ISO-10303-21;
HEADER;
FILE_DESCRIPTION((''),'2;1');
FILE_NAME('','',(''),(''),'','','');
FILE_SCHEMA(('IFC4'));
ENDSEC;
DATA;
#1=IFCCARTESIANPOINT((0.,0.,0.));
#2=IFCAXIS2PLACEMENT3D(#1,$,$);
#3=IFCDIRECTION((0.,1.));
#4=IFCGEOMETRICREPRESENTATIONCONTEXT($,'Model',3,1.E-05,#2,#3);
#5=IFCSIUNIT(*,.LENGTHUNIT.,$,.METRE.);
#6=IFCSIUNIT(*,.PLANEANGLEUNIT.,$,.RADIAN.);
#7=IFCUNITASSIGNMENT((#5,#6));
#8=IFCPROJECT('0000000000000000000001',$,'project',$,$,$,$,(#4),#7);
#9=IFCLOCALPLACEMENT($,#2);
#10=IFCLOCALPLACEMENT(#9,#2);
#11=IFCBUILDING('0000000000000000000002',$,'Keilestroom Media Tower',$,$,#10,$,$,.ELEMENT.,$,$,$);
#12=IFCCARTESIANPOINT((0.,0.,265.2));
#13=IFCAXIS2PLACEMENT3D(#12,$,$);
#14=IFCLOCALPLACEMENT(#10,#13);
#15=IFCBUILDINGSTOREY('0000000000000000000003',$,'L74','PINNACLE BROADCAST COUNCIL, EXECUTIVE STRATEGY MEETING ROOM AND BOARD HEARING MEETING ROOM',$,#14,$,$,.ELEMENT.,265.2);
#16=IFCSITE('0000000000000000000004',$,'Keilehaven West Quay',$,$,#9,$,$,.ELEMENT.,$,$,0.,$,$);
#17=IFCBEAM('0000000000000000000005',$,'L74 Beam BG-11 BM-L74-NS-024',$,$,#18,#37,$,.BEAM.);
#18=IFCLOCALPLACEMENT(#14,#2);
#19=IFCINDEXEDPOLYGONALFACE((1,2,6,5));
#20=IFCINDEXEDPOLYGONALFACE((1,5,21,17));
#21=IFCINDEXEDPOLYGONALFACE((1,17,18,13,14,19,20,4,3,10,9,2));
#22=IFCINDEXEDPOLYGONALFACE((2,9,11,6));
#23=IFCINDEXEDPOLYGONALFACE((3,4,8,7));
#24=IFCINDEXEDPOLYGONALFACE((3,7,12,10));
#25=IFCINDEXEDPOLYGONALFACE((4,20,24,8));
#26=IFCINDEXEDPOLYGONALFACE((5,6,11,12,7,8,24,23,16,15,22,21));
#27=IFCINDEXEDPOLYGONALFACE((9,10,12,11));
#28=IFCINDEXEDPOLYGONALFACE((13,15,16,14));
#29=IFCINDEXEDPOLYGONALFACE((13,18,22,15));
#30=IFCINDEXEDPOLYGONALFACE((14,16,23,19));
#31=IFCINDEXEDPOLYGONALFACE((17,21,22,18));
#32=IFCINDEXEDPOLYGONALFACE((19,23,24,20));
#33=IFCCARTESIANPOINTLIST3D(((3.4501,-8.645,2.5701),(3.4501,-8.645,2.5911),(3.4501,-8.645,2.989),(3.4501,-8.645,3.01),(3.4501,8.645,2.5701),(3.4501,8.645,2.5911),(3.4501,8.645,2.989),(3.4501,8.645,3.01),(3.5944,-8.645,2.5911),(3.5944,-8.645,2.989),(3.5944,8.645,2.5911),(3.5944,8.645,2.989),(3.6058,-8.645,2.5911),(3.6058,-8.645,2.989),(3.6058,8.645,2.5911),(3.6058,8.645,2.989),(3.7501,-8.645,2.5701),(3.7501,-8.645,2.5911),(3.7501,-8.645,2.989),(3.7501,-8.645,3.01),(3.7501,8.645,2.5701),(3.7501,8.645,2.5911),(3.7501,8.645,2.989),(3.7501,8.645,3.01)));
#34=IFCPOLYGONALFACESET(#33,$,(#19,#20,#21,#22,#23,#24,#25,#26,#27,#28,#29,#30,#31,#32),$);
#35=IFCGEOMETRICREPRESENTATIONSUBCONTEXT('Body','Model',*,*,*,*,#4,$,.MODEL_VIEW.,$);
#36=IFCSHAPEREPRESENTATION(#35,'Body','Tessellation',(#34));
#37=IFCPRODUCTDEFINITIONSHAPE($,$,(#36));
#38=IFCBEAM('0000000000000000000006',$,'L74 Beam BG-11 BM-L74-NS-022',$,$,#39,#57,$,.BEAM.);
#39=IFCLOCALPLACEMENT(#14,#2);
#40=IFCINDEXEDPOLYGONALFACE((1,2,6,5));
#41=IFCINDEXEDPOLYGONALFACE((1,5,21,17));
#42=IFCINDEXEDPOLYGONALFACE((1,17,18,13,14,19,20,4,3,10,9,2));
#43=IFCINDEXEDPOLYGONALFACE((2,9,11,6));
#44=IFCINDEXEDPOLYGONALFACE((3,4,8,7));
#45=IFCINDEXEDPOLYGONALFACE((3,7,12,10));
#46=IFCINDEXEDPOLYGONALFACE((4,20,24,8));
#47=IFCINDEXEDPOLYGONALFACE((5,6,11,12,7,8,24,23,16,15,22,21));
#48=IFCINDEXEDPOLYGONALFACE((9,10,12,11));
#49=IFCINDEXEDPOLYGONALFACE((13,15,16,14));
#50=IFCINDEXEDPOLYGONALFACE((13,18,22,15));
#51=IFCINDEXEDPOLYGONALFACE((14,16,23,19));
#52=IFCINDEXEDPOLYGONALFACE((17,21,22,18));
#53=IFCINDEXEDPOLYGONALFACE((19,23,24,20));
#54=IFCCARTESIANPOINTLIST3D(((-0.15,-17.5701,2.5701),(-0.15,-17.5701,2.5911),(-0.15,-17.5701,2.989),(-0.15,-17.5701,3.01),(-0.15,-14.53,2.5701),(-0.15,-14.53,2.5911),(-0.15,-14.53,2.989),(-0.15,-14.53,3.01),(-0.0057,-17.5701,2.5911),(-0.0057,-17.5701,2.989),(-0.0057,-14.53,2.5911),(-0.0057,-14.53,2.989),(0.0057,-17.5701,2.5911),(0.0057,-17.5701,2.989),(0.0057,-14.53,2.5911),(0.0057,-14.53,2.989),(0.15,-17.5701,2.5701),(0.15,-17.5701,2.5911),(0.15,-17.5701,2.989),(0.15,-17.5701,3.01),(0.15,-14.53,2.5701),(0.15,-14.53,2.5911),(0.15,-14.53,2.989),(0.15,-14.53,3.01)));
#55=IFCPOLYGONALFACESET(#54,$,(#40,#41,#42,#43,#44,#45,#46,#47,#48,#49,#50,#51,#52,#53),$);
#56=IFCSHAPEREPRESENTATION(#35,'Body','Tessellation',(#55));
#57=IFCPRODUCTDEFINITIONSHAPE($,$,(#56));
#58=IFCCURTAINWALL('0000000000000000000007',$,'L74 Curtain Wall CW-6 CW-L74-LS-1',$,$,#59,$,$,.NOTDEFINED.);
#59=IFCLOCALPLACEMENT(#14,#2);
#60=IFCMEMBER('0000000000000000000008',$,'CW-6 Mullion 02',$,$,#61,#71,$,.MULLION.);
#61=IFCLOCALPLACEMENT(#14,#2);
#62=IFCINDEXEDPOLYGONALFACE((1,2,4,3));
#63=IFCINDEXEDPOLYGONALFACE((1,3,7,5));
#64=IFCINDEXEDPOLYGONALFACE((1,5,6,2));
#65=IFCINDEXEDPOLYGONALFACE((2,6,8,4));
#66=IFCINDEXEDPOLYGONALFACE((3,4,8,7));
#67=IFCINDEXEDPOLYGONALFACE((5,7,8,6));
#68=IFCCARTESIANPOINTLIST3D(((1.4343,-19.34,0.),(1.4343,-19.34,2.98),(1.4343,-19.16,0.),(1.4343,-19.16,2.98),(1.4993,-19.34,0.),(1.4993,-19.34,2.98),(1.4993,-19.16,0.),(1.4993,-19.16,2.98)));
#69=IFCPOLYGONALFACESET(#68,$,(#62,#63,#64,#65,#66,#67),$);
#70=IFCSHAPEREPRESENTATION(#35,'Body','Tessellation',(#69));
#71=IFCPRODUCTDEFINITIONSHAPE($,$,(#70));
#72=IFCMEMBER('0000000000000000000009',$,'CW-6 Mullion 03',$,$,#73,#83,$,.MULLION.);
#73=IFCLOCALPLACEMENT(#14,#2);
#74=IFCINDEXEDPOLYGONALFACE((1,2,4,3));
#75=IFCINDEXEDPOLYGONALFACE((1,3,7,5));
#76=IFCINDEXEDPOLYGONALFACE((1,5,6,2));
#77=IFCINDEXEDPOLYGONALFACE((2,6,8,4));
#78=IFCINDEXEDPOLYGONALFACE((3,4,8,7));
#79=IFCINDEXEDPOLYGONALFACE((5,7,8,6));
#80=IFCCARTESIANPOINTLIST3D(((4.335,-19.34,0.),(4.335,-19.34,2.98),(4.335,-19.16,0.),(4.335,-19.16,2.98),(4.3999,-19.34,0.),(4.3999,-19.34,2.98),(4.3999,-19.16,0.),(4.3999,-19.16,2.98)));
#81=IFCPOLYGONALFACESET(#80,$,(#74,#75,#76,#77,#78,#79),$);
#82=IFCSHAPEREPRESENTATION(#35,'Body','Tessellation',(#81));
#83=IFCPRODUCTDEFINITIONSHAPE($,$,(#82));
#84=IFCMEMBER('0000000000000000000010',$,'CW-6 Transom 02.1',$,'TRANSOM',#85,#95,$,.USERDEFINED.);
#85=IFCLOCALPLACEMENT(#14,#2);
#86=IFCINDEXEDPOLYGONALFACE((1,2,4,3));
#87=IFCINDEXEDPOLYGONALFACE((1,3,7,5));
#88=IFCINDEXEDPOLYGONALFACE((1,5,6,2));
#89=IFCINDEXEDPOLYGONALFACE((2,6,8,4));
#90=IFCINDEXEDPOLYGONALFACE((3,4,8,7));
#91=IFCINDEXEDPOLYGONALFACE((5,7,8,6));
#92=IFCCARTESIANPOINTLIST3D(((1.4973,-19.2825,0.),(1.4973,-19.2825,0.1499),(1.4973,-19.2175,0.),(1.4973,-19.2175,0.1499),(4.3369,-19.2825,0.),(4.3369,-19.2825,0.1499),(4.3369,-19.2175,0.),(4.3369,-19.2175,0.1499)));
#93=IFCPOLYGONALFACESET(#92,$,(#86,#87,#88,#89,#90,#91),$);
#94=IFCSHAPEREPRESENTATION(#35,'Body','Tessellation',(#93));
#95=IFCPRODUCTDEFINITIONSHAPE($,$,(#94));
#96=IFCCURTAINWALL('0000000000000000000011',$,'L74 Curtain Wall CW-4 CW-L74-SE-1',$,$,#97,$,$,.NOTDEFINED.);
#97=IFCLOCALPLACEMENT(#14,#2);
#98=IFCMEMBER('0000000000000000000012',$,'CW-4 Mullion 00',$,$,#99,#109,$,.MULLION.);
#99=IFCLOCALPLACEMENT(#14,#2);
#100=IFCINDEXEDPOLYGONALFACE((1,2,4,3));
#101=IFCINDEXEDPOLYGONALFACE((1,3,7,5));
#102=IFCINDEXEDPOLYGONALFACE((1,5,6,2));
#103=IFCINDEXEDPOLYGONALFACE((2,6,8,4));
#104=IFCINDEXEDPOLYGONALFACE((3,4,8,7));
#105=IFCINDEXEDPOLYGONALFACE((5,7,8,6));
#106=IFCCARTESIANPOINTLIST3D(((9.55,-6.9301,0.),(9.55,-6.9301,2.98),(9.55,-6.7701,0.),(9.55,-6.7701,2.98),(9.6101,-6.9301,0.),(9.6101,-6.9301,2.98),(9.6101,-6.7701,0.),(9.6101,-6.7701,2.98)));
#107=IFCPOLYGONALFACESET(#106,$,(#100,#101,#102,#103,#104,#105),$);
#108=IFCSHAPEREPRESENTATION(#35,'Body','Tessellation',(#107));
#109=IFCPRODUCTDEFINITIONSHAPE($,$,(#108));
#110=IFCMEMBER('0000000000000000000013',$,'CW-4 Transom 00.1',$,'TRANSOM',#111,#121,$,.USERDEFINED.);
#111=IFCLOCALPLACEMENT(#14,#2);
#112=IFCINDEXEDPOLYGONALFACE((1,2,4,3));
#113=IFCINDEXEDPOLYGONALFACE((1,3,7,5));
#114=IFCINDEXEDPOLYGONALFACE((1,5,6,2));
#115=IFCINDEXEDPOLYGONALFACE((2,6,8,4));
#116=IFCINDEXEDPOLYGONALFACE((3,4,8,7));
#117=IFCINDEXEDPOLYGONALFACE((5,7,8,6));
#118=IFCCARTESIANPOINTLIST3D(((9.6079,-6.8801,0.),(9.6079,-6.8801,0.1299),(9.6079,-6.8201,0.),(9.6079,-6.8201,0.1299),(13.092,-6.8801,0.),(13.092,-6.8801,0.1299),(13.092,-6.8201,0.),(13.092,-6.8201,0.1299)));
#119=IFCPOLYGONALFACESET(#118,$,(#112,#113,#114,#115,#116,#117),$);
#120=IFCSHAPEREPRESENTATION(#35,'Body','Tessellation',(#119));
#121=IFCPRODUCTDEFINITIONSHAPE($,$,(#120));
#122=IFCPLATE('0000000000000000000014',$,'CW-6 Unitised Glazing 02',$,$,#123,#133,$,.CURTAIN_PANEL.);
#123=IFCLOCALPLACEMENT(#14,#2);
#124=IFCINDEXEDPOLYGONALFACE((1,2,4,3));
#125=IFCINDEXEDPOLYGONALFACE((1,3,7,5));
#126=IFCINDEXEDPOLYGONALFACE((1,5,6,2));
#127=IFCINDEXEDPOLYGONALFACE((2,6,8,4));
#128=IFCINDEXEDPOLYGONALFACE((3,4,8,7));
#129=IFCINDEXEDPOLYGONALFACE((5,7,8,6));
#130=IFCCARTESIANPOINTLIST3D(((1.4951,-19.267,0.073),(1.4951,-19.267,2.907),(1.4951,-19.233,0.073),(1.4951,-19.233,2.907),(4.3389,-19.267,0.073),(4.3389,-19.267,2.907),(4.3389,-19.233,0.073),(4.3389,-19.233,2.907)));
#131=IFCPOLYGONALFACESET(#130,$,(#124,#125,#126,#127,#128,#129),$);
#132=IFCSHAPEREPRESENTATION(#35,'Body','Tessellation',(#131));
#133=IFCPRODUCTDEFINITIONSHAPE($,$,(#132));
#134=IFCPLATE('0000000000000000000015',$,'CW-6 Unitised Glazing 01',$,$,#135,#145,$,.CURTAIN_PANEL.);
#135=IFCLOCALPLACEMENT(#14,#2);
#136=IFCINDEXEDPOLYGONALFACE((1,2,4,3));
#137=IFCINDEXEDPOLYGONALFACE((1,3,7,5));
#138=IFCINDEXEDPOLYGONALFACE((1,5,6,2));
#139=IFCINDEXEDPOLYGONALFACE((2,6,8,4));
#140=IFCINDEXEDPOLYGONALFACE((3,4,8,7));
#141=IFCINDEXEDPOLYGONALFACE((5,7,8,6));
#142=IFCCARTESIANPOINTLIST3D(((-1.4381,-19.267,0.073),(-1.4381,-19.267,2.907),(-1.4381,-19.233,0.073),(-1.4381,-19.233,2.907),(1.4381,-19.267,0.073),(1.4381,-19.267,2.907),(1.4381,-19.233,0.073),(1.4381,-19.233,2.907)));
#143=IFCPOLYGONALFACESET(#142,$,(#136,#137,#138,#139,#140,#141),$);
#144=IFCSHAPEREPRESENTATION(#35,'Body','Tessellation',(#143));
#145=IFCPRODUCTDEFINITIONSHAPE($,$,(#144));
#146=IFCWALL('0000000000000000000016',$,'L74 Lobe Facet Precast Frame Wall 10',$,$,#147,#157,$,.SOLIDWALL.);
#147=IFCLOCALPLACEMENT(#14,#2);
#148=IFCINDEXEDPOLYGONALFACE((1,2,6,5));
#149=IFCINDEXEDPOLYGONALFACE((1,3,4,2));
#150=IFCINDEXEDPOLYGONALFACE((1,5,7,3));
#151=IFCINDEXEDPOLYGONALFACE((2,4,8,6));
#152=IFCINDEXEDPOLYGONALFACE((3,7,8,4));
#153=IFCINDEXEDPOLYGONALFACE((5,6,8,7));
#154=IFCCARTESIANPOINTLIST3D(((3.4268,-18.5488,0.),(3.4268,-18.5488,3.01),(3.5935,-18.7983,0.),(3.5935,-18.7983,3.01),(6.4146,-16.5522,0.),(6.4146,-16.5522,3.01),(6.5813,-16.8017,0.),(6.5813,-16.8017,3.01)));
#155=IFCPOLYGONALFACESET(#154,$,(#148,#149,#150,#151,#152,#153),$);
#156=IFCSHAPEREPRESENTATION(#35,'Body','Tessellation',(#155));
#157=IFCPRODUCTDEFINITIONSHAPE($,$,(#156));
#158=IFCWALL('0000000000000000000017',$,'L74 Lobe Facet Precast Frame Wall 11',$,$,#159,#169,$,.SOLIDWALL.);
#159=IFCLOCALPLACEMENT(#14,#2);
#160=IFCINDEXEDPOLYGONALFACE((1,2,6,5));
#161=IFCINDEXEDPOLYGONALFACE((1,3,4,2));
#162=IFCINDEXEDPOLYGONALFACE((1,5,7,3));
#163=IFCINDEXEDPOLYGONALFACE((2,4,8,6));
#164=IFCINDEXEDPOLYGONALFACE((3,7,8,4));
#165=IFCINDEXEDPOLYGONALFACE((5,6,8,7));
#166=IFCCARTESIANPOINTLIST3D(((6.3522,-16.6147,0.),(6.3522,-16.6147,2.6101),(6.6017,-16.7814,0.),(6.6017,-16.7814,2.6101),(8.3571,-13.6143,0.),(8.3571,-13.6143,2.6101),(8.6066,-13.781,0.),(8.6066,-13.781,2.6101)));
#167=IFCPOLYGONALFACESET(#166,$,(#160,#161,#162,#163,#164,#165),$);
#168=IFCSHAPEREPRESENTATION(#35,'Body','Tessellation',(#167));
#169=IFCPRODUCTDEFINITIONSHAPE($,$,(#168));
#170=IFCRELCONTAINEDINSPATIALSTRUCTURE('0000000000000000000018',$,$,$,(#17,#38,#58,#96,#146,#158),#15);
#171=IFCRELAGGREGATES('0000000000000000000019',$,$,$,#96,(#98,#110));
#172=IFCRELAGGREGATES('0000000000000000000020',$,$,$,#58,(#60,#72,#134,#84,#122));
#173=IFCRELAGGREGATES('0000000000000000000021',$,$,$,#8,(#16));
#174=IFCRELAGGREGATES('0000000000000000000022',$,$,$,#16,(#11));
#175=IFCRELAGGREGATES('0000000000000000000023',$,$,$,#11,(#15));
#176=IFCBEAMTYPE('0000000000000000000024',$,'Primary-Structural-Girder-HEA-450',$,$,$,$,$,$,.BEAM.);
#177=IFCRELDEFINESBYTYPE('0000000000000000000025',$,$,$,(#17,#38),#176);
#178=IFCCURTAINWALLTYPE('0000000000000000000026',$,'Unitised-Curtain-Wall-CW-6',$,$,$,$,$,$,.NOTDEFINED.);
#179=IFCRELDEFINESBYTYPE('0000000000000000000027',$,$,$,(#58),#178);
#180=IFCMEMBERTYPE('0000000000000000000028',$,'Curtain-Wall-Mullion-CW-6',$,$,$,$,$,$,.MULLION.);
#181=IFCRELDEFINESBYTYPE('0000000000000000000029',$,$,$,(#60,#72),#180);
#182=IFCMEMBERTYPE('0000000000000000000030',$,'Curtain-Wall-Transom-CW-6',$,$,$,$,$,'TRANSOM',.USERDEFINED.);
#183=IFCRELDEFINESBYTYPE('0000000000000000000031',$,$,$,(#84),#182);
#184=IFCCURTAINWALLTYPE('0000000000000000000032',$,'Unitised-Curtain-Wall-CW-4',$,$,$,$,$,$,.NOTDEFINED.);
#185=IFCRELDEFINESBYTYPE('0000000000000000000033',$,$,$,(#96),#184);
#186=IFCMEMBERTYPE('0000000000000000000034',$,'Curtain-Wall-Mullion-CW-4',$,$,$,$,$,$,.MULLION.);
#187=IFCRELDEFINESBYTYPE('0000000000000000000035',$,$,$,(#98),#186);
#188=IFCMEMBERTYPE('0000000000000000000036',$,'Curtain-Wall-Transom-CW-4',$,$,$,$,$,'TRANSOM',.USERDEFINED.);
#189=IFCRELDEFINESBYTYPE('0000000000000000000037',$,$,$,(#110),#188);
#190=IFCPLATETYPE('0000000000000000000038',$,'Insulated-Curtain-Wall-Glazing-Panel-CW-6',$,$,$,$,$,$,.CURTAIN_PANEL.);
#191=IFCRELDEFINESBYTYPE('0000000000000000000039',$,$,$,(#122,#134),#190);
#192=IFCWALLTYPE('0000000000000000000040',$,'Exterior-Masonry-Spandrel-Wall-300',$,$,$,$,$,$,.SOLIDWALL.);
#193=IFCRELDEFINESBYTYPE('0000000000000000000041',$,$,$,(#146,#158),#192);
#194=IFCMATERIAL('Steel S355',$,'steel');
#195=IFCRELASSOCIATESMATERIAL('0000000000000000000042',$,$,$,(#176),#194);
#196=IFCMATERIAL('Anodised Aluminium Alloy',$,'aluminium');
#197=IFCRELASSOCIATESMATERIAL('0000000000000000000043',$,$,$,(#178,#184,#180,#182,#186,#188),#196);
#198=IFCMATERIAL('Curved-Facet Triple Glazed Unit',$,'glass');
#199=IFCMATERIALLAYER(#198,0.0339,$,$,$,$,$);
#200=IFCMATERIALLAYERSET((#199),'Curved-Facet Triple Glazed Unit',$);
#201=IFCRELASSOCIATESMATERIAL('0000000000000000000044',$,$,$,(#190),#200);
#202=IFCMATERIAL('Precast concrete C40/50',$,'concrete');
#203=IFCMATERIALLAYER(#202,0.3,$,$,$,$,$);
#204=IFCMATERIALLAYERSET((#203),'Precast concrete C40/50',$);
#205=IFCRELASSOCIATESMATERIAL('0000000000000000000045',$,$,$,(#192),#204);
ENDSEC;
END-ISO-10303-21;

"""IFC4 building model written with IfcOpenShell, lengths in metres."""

from ifc_helpers import new_model, si_unit, direction, frame, frame_2d, origin, origin_2d, place, context, subcontext, project, spatial, rectangle, i_section, extrude, source, transform, mapped, material, layer, layer_set, material_profile, profile_set, type_object, element, aggregate, save


model = new_model("IFC4")

# Units and contexts
model_context = context("Model", 3, precision=1e-05, world=origin(), true_north=direction((0.0, 1.0)))
body_context = subcontext(model_context, "Body", "Model", "MODEL_VIEW")
ifc_project = project(units=[si_unit("LENGTHUNIT", "METRE"), si_unit("PLANEANGLEUNIT", "RADIAN")], contexts=[model_context])

# Site, building, storey
site_placement = place(None, origin())
site = spatial("IfcSite", under=ifc_project, at=site_placement, Name="Keilehaven West Quay", CompositionType="ELEMENT", RefElevation=0.0)
building_placement = place(site_placement, origin())
building = spatial("IfcBuilding", under=site, at=building_placement, Name="Keilestroom Media Tower", CompositionType="ELEMENT")
storey_placement = place(building_placement, frame((0.0, 0.0, 265.2)))
storey = spatial("IfcBuildingStorey", under=building, at=storey_placement, Name="L74", Description="PINNACLE BROADCAST COUNCIL, EXECUTIVE STRATEGY MEETING ROOM AND BOARD HEARING MEETING ROOM", CompositionType="ELEMENT", Elevation=265.2)

# Shared definitions
ifc_material_1 = material(Name="Steel S355", Category="steel")

# Beams
ifc_material_profile_1 = material_profile(ifc_material_1, i_section(OverallWidth=0.3, OverallDepth=0.4399, WebThickness=0.0115, FlangeThickness=0.021, at=origin_2d()), Name="HEA 450")
ifc_profile_set_1 = profile_set([ifc_material_profile_1], Name="Steel S355")
beam_type_1 = type_object("IfcBeamType", Name="Primary-Structural-Girder-HEA-450", PredefinedType="BEAM", material=ifc_profile_set_1)
shared_shape_1 = source(origin(), body_context, "Body", "SweptSolid", [
    extrude(i_section(OverallWidth=0.3, OverallDepth=0.4399, WebThickness=0.0115, FlangeThickness=0.021, at=origin_2d()), origin(), (0.0, 0.0, 1.0), 17.29),
])
beam_1_placement = place(storey_placement, frame((3.6001, -8.645, 2.79), z_axis=(0.0, 1.0, 0.0), x_axis=(-1.0, 0.0, 0.0)))
element("IfcBeam", 1, at=beam_1_placement, inside=storey, type_object=beam_type_1, Name="L74 Beam BG-11 BM-L74-NS-024", PredefinedType="BEAM", context=body_context, shape_type="MappedRepresentation", body=[
    mapped(shared_shape_1, transform((0.0, 0.0, 0.0), x_axis=(1.0, 0.0, 0.0), y_axis=(0.0, 1.0, 0.0), z_axis=(0.0, 0.0, 1.0), scale=1.0)),
])
shared_shape_2 = source(origin(), body_context, "Body", "SweptSolid", [
    extrude(i_section(OverallWidth=0.3, OverallDepth=0.4399, WebThickness=0.0115, FlangeThickness=0.021, at=origin_2d()), origin(), (0.0, 0.0, 1.0), 3.04),
])
beam_2_placement = place(storey_placement, frame((0.0, -17.5701, 2.79), z_axis=(0.0, 1.0, 0.0), x_axis=(-1.0, 0.0, 0.0)))
element("IfcBeam", 2, at=beam_2_placement, inside=storey, type_object=beam_type_1, Name="L74 Beam BG-11 BM-L74-NS-022", PredefinedType="BEAM", context=body_context, shape_type="MappedRepresentation", body=[
    mapped(shared_shape_2, transform((0.0, 0.0, 0.0), x_axis=(1.0, 0.0, 0.0), y_axis=(0.0, 1.0, 0.0), z_axis=(0.0, 0.0, 1.0), scale=1.0)),
])

# Curtain walls, members
ifc_material_2 = material(Name="Anodised Aluminium Alloy", Category="aluminium")
curtain_wall_type_1 = type_object("IfcCurtainWallType", Name="Unitised-Curtain-Wall-CW-6", PredefinedType="NOTDEFINED", material=ifc_material_2)
curtain_wall_1_placement = place(storey_placement, origin())
curtain_wall_1 = element("IfcCurtainWall", 3, at=curtain_wall_1_placement, inside=storey, type_object=curtain_wall_type_1, Name="L74 Curtain Wall CW-6 CW-L74-LS-1", PredefinedType="NOTDEFINED")
ifc_material_profile_2 = material_profile(ifc_material_2, rectangle(XDim=0.0649, YDim=0.1799, at=origin_2d()), Name="ALU MULLION 65x180")
ifc_profile_set_2 = profile_set([ifc_material_profile_2], Name="Anodised Aluminium Alloy")
member_type_1 = type_object("IfcMemberType", Name="Curtain-Wall-Mullion-CW-6", PredefinedType="MULLION", material=ifc_profile_set_2)
shared_shape_3 = source(origin(), body_context, "Body", "SweptSolid", [
    extrude(rectangle(XDim=0.0649, YDim=0.1799, at=origin_2d()), origin(), (0.0, 0.0, 1.0), 2.98),
])
member_1_placement = place(storey_placement, frame((1.4668, -19.25, 0.0), z_axis=(0.0, 0.0, 1.0), x_axis=(1.0, 0.0, 0.0)))
member_1 = element("IfcMember", 4, at=member_1_placement, type_object=member_type_1, Name="CW-6 Mullion 02", PredefinedType="MULLION", context=body_context, shape_type="MappedRepresentation", body=[
    mapped(shared_shape_3, transform((0.0, 0.0, 0.0), x_axis=(1.0, 0.0, 0.0), y_axis=(0.0, 1.0, 0.0), z_axis=(0.0, 0.0, 1.0), scale=1.0)),
])
member_2_placement = place(storey_placement, frame((4.3674, -19.25, 0.0), z_axis=(0.0, 0.0, 1.0), x_axis=(1.0, 0.0, 0.0)))
member_2 = element("IfcMember", 5, at=member_2_placement, type_object=member_type_1, Name="CW-6 Mullion 03", PredefinedType="MULLION", context=body_context, shape_type="MappedRepresentation", body=[
    mapped(shared_shape_3, transform((0.0, 0.0, 0.0), x_axis=(1.0, 0.0, 0.0), y_axis=(0.0, 1.0, 0.0), z_axis=(0.0, 0.0, 1.0), scale=1.0)),
])
ifc_material_profile_3 = material_profile(ifc_material_2, rectangle(XDim=0.0649, YDim=0.1499, at=origin_2d()), Name="ALU TRANSOM 65x150")
ifc_profile_set_3 = profile_set([ifc_material_profile_3], Name="Anodised Aluminium Alloy")
member_type_2 = type_object("IfcMemberType", Name="Curtain-Wall-Transom-CW-6", ElementType="TRANSOM", PredefinedType="USERDEFINED", material=ifc_profile_set_3)
shared_shape_4 = source(origin(), body_context, "Body", "SweptSolid", [
    extrude(rectangle(XDim=0.0649, YDim=0.1499, at=origin_2d()), origin(), (0.0, 0.0, 1.0), 2.8396),
])
member_3_placement = place(storey_placement, frame((1.4973, -19.25, 0.075), z_axis=(1.0, 0.0, 0.0), x_axis=(0.0, 1.0, 0.0)))
member_3 = element("IfcMember", 6, at=member_3_placement, type_object=member_type_2, Name="CW-6 Transom 02.1", ObjectType="TRANSOM", PredefinedType="USERDEFINED", context=body_context, shape_type="MappedRepresentation", body=[
    mapped(shared_shape_4, transform((0.0, 0.0, 0.0), x_axis=(1.0, 0.0, 0.0), y_axis=(0.0, 1.0, 0.0), z_axis=(0.0, 0.0, 1.0), scale=1.0)),
])
curtain_wall_type_2 = type_object("IfcCurtainWallType", Name="Unitised-Curtain-Wall-CW-4", PredefinedType="NOTDEFINED", material=ifc_material_2)
curtain_wall_2_placement = place(storey_placement, origin())
curtain_wall_2 = element("IfcCurtainWall", 7, at=curtain_wall_2_placement, inside=storey, type_object=curtain_wall_type_2, Name="L74 Curtain Wall CW-4 CW-L74-SE-1", PredefinedType="NOTDEFINED")
ifc_material_profile_4 = material_profile(ifc_material_2, rectangle(XDim=0.0601, YDim=0.1599, at=origin_2d()), Name="ALU MULLION 60x160")
ifc_profile_set_4 = profile_set([ifc_material_profile_4], Name="Anodised Aluminium Alloy")
member_type_3 = type_object("IfcMemberType", Name="Curtain-Wall-Mullion-CW-4", PredefinedType="MULLION", material=ifc_profile_set_4)
shared_shape_5 = source(origin(), body_context, "Body", "SweptSolid", [
    extrude(rectangle(XDim=0.0601, YDim=0.1599, at=origin_2d()), origin(), (0.0, 0.0, 1.0), 2.98),
])
member_4_placement = place(storey_placement, frame((9.5801, -6.8501, 0.0), z_axis=(0.0, 0.0, 1.0), x_axis=(1.0, 0.0, 0.0)))
member_4 = element("IfcMember", 8, at=member_4_placement, type_object=member_type_3, Name="CW-4 Mullion 00", PredefinedType="MULLION", context=body_context, shape_type="MappedRepresentation", body=[
    mapped(shared_shape_5, transform((0.0, 0.0, 0.0), x_axis=(1.0, 0.0, 0.0), y_axis=(0.0, 1.0, 0.0), z_axis=(0.0, 0.0, 1.0), scale=1.0)),
])
ifc_material_profile_5 = material_profile(ifc_material_2, rectangle(XDim=0.0601, YDim=0.1299, at=origin_2d()), Name="ALU TRANSOM 60x130")
ifc_profile_set_5 = profile_set([ifc_material_profile_5], Name="Anodised Aluminium Alloy")
member_type_4 = type_object("IfcMemberType", Name="Curtain-Wall-Transom-CW-4", ElementType="TRANSOM", PredefinedType="USERDEFINED", material=ifc_profile_set_5)
shared_shape_6 = source(origin(), body_context, "Body", "SweptSolid", [
    extrude(rectangle(XDim=0.0601, YDim=0.1299, at=origin_2d()), origin(), (0.0, 0.0, 1.0), 3.4841),
])
member_5_placement = place(storey_placement, frame((9.6079, -6.8501, 0.0649), z_axis=(1.0, 0.0, 0.0), x_axis=(0.0, 1.0, 0.0)))
member_5 = element("IfcMember", 9, at=member_5_placement, type_object=member_type_4, Name="CW-4 Transom 00.1", ObjectType="TRANSOM", PredefinedType="USERDEFINED", context=body_context, shape_type="MappedRepresentation", body=[
    mapped(shared_shape_6, transform((0.0, 0.0, 0.0), x_axis=(1.0, 0.0, 0.0), y_axis=(0.0, 1.0, 0.0), z_axis=(0.0, 0.0, 1.0), scale=1.0)),
])
aggregate(curtain_wall_2, [member_4, member_5])

# Plates
ifc_material_3 = material(Name="Curved-Facet Triple Glazed Unit", Category="glass")
ifc_layer_1 = layer(ifc_material_3, 0.0339)
ifc_layer_set_1 = layer_set([ifc_layer_1], Name="Curved-Facet Triple Glazed Unit")
plate_type = type_object("IfcPlateType", Name="Insulated-Curtain-Wall-Glazing-Panel-CW-6", PredefinedType="CURTAIN_PANEL", material=ifc_layer_set_1)
shared_shape_7 = source(origin(), body_context, "Body", "SweptSolid", [
    extrude(rectangle(XDim=2.8438, YDim=0.0339, at=origin_2d()), origin(), (0.0, 0.0, 1.0), 2.834),
])
plate_1_placement = place(storey_placement, frame((2.917, -19.25, 0.073), z_axis=(0.0, 0.0, 1.0), x_axis=(1.0, 0.0, 0.0)))
plate_1 = element("IfcPlate", 10, at=plate_1_placement, type_object=plate_type, Name="CW-6 Unitised Glazing 02", PredefinedType="CURTAIN_PANEL", context=body_context, shape_type="MappedRepresentation", body=[
    mapped(shared_shape_7, transform((0.0, 0.0, 0.0), x_axis=(1.0, 0.0, 0.0), y_axis=(0.0, 1.0, 0.0), z_axis=(0.0, 0.0, 1.0), scale=1.0)),
])
shared_shape_8 = source(origin(), body_context, "Body", "SweptSolid", [
    extrude(rectangle(XDim=2.8762, YDim=0.0339, at=origin_2d()), origin(), (0.0, 0.0, 1.0), 2.834),
])
plate_2_placement = place(storey_placement, frame((0.0, -19.25, 0.073), z_axis=(0.0, 0.0, 1.0), x_axis=(1.0, 0.0, 0.0)))
plate_2 = element("IfcPlate", 11, at=plate_2_placement, type_object=plate_type, Name="CW-6 Unitised Glazing 01", PredefinedType="CURTAIN_PANEL", context=body_context, shape_type="MappedRepresentation", body=[
    mapped(shared_shape_8, transform((0.0, 0.0, 0.0), x_axis=(1.0, 0.0, 0.0), y_axis=(0.0, 1.0, 0.0), z_axis=(0.0, 0.0, 1.0), scale=1.0)),
])
aggregate(curtain_wall_1, [member_1, member_2, plate_2, member_3, plate_1])

# Walls
ifc_material_4 = material(Name="Precast concrete C40/50", Category="concrete")
ifc_layer_2 = layer(ifc_material_4, 0.3)
ifc_layer_set_2 = layer_set([ifc_layer_2], Name="Precast concrete C40/50")
wall_type_1 = type_object("IfcWallType", Name="Exterior-Masonry-Spandrel-Wall-300", PredefinedType="SOLIDWALL", material=ifc_layer_set_2)
wall_1_placement = place(storey_placement, frame((3.51, -18.6736, 0.0), z_axis=(0.0, 0.0, 1.0), x_axis=(0.831444, 0.555609, 0.0)))
element("IfcWall", 12, at=wall_1_placement, inside=storey, type_object=wall_type_1, Name="L74 Lobe Facet Precast Frame Wall 10", PredefinedType="SOLIDWALL", context=body_context, shape_type="SweptSolid", body=[
    extrude(rectangle(XDim=3.5935, YDim=0.3, at=frame_2d((1.7969, 0.0))), origin(), (0.0, 0.0, 1.0), 3.01),
])
wall_2_placement = place(storey_placement, frame((6.4771, -16.698, 0.0), z_axis=(0.0, 0.0, 1.0), x_axis=(0.555574, 0.831467, 0.0)))
element("IfcWall", 13, at=wall_2_placement, inside=storey, type_object=wall_type_1, Name="L74 Lobe Facet Precast Frame Wall 11", PredefinedType="SOLIDWALL", context=body_context, shape_type="SweptSolid", body=[
    extrude(rectangle(XDim=3.6086, YDim=0.3, at=frame_2d((1.8042, 0.0))), origin(), (0.0, 0.0, 1.0), 2.6101),
])

save(model, "model.ifc")
